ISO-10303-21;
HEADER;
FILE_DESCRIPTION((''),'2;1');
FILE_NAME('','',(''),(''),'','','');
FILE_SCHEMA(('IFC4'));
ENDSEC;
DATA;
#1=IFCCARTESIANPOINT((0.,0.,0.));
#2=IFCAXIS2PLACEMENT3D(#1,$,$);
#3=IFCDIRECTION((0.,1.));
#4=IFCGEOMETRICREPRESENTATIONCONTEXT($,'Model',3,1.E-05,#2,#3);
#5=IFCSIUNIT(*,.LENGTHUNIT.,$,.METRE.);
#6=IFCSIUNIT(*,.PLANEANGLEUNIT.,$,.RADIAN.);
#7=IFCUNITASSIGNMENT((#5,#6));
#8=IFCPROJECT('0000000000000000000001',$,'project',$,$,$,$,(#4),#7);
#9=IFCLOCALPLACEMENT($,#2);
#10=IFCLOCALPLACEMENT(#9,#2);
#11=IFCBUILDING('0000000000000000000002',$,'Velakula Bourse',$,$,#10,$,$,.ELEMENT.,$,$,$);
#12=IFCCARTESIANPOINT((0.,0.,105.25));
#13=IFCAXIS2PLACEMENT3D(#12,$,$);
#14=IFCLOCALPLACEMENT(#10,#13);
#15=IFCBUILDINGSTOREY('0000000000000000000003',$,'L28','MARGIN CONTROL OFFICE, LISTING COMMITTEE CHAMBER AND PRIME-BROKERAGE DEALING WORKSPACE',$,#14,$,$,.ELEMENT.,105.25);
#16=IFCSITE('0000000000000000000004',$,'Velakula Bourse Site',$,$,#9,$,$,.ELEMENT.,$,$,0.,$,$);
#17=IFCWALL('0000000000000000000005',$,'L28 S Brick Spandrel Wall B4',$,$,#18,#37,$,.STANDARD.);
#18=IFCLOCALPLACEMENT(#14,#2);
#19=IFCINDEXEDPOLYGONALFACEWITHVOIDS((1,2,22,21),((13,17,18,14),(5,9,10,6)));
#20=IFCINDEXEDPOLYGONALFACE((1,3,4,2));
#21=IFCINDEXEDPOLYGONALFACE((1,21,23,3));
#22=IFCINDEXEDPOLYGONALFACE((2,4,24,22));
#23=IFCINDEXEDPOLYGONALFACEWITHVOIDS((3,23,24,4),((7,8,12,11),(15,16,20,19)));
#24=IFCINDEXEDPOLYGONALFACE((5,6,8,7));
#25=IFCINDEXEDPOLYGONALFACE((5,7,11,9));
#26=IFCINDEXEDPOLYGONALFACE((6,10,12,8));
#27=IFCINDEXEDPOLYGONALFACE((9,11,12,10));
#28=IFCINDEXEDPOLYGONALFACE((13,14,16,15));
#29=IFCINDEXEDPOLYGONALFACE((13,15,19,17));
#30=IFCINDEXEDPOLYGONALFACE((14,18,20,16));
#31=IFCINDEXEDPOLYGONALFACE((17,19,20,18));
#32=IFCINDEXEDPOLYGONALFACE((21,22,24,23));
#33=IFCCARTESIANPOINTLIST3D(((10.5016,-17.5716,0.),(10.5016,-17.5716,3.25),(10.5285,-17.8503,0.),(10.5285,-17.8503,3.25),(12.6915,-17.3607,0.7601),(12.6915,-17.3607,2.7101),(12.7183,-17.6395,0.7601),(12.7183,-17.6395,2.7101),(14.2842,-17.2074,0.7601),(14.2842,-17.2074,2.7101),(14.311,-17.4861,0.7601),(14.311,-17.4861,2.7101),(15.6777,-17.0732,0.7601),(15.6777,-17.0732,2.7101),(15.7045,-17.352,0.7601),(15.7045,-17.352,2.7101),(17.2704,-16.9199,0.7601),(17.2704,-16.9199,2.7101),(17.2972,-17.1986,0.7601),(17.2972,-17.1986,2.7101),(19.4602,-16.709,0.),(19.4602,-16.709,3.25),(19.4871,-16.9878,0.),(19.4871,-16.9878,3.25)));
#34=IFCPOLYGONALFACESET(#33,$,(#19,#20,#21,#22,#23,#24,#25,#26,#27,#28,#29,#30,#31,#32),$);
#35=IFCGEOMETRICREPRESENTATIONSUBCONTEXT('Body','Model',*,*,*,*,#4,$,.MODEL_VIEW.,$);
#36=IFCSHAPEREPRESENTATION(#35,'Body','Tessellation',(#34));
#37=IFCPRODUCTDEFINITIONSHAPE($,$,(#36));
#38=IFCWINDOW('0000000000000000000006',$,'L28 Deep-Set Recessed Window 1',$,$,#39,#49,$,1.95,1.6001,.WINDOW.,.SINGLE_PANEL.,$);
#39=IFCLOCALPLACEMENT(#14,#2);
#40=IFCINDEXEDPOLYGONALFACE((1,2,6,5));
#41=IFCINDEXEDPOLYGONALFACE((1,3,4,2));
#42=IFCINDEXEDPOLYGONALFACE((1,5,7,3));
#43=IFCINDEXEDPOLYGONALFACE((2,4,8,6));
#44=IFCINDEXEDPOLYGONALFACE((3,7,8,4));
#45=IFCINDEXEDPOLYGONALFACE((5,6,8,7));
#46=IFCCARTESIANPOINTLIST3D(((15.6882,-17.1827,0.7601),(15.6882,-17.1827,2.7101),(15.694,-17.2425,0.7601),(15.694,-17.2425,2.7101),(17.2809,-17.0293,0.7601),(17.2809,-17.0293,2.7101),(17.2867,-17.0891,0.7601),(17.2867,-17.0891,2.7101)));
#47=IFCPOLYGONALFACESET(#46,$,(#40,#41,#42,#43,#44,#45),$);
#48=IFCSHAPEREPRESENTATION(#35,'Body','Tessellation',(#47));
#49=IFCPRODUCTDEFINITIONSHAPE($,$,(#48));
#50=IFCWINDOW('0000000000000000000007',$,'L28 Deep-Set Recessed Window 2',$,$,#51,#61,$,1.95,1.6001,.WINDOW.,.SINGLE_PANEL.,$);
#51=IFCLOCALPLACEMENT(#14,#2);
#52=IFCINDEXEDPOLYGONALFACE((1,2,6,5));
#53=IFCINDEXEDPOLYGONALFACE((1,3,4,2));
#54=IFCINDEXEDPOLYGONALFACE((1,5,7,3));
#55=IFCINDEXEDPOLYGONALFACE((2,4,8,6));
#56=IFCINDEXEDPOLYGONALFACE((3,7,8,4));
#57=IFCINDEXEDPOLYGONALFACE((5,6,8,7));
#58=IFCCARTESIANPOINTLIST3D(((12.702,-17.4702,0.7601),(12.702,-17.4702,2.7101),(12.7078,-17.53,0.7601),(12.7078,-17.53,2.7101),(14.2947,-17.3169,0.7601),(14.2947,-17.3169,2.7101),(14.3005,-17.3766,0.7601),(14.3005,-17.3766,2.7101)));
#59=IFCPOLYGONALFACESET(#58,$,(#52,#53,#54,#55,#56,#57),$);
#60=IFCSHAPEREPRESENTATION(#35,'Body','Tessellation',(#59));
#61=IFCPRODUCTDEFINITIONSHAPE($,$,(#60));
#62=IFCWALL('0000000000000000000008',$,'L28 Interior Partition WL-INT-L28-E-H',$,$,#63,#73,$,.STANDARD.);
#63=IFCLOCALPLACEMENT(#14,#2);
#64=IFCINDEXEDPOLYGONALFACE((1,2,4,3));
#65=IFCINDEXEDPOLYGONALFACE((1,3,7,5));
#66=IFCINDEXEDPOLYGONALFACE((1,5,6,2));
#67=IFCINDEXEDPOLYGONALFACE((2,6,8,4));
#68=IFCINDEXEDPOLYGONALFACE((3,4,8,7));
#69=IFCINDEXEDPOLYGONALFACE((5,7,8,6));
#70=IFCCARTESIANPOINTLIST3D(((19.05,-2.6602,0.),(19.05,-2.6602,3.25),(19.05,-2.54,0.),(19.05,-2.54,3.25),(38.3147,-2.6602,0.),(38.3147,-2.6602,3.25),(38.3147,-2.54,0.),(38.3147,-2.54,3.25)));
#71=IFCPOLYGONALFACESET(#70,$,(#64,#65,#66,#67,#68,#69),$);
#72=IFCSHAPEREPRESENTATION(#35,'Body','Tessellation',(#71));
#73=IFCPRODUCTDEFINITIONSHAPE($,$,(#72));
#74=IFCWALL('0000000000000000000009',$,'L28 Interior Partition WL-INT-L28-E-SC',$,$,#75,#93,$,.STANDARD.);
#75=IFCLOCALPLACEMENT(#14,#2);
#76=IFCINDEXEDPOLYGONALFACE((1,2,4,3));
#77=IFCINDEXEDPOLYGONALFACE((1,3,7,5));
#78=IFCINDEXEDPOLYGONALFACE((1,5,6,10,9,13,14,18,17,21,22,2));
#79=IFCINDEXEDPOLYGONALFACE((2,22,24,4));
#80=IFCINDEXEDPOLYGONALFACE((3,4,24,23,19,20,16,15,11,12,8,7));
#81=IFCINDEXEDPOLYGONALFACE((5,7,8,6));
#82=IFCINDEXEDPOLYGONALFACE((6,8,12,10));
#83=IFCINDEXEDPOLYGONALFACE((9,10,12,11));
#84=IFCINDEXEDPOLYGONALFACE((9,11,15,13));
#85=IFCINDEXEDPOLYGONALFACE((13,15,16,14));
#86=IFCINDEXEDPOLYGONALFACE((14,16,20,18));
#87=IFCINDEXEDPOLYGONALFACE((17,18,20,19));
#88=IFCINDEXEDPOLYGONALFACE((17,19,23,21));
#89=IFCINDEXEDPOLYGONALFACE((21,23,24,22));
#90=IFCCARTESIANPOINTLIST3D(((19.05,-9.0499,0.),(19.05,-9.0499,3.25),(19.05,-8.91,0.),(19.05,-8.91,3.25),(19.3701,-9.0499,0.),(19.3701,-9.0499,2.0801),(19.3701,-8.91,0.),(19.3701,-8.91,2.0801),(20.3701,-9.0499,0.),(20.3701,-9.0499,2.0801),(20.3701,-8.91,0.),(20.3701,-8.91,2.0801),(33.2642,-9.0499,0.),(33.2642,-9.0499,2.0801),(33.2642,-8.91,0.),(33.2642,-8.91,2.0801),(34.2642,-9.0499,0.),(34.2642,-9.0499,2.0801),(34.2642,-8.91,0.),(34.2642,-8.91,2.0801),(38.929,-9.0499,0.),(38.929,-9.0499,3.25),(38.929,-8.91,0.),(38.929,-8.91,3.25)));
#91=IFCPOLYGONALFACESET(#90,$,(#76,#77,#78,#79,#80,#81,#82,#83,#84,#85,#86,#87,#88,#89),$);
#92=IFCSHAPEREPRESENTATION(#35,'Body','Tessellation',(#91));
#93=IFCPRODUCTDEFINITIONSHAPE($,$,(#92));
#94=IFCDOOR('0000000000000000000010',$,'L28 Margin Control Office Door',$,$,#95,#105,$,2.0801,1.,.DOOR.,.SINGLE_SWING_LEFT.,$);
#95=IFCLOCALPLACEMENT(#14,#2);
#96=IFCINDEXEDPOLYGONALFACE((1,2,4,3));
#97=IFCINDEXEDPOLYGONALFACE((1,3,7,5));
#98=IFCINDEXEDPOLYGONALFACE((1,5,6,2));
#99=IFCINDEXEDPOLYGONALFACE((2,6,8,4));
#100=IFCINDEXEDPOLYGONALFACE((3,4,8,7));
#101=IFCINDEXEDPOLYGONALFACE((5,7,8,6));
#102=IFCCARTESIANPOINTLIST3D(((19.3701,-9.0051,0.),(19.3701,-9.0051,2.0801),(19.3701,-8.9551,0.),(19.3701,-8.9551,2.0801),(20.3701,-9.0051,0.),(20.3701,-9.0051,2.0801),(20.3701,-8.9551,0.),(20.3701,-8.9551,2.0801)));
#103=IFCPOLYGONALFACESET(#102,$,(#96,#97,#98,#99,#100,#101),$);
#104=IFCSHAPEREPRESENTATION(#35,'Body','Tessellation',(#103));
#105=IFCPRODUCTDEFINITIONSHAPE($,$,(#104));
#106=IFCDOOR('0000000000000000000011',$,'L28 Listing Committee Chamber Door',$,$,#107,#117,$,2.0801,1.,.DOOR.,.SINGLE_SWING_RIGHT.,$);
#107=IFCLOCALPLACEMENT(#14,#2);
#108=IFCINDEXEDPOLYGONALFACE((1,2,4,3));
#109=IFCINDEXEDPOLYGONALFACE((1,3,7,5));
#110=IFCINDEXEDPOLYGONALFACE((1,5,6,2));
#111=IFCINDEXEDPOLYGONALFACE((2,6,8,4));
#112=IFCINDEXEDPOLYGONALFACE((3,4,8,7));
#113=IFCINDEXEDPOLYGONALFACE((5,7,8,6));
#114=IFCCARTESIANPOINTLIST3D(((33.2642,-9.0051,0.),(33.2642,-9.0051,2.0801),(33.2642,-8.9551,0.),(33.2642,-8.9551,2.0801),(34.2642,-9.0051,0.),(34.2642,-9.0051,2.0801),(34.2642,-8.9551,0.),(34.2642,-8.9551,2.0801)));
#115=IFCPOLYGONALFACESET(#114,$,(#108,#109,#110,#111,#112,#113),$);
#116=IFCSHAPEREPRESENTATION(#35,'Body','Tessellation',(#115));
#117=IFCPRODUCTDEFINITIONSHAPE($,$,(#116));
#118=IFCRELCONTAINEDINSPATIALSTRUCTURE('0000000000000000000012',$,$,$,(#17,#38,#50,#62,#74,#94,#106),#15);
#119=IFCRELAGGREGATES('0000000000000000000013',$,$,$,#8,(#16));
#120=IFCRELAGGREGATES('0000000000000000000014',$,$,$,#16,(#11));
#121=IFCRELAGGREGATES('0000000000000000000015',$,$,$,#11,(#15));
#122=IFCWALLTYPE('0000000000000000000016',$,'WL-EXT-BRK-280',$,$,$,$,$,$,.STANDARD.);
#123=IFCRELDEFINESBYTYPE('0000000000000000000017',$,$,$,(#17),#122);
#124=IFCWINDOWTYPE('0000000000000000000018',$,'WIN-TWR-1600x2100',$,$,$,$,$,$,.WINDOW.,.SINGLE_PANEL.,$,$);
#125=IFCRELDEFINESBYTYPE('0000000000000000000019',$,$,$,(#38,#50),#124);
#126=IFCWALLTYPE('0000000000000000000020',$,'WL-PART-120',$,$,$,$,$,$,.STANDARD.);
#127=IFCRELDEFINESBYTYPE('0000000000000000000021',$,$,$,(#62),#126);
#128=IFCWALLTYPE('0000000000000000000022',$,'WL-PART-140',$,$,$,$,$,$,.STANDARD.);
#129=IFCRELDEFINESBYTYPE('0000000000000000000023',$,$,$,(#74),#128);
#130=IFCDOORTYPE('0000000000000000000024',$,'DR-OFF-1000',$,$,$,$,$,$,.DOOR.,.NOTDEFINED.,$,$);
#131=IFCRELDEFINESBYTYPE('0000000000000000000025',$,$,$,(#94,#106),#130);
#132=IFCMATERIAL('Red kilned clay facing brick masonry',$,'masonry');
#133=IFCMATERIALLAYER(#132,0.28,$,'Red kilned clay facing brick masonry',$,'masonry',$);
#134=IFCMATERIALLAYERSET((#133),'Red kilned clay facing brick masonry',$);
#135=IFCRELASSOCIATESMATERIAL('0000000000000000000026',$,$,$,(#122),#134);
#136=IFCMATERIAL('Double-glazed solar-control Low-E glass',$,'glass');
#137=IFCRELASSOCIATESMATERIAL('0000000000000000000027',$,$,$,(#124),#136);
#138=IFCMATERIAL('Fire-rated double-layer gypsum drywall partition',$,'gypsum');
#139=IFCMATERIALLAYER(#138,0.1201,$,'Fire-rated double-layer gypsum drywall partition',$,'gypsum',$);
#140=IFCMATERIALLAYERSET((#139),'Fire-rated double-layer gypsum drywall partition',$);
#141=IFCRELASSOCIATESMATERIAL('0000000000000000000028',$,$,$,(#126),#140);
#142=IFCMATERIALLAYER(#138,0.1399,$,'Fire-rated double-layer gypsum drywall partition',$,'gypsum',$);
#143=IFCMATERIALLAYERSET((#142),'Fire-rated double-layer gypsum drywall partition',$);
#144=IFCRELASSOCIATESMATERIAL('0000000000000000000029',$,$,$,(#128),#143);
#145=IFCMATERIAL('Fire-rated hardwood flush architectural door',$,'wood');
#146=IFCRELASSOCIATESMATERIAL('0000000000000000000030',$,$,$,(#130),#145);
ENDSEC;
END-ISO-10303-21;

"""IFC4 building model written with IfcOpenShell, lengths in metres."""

from ifc_helpers import new_model, si_unit, direction, frame, frame_2d, origin, place, context, subcontext, project, spatial, rectangle, extrude, material, layer, layer_set, type_object, element, fill, save


model = new_model("IFC4")

# Units and contexts
model_context = context("Model", 3, precision=1e-05, world=origin(), true_north=direction((0.0, 1.0)))
body_context = subcontext(model_context, "Body", "Model", "MODEL_VIEW")
ifc_project = project(units=[si_unit("LENGTHUNIT", "METRE"), si_unit("PLANEANGLEUNIT", "RADIAN")], contexts=[model_context])

# Site, building, storey
site_placement = place(None, origin())
site = spatial("IfcSite", under=ifc_project, at=site_placement, Name="Velakula Bourse Site", CompositionType="ELEMENT", RefElevation=0.0)
building_placement = place(site_placement, origin())
building = spatial("IfcBuilding", under=site, at=building_placement, Name="Velakula Bourse", CompositionType="ELEMENT")
storey_placement = place(building_placement, frame((0.0, 0.0, 105.25)))
storey = spatial("IfcBuildingStorey", under=building, at=storey_placement, Name="L28", Description="MARGIN CONTROL OFFICE, LISTING COMMITTEE CHAMBER AND PRIME-BROKERAGE DEALING WORKSPACE", CompositionType="ELEMENT", Elevation=105.25)

# Wall, openings, windows
ifc_material_1 = material(Name="Red kilned clay facing brick masonry", Category="masonry")
ifc_layer_1 = layer(ifc_material_1, 0.28, Name="Red kilned clay facing brick masonry", Category="masonry")
ifc_layer_set_1 = layer_set([ifc_layer_1], Name="Red kilned clay facing brick masonry")
wall_type_1 = type_object("IfcWallType", Name="WL-EXT-BRK-280", PredefinedType="STANDARD", material=ifc_layer_set_1)
wall_1_placement = place(storey_placement, frame((19.4736, -16.8484, 0.0), z_axis=(0.0, 0.0, 1.0), x_axis=(-0.995397, -0.09584, 0.0)))
wall_1 = element("IfcWall", 1, at=wall_1_placement, inside=storey, type_object=wall_type_1, Name="L28 S Brick Spandrel Wall B4", PredefinedType="STANDARD", context=body_context, shape_type="SweptSolid", body=[
    extrude(rectangle(XDim=9.0, YDim=0.28, at=frame_2d((4.5, 0.0))), origin(), (0.0, 0.0, 1.0), 3.25),
])
opening_1_placement = place(wall_1_placement, frame((2.2, 0.0, 0.76)))
opening_1 = element("IfcOpeningElement", 2, at=opening_1_placement, cuts=wall_1, PredefinedType="OPENING", context=body_context, shape_type="SweptSolid", body=[
    extrude(rectangle(XDim=1.6001, YDim=1.95, at=frame_2d((0.8, 0.9751))), frame((0.0, 0.1499, 0.0), z_axis=(0.0, -1.0, 0.0), x_axis=(1.0, 0.0, 0.0)), (0.0, 0.0, 1.0), 0.3),
])
opening_2_placement = place(wall_1_placement, frame((5.2, 0.0, 0.76)))
opening_2 = element("IfcOpeningElement", 3, at=opening_2_placement, cuts=wall_1, PredefinedType="OPENING", context=body_context, shape_type="SweptSolid", body=[
    extrude(rectangle(XDim=1.6001, YDim=1.95, at=frame_2d((0.8, 0.9751))), frame((0.0, 0.1499, 0.0), z_axis=(0.0, -1.0, 0.0), x_axis=(1.0, 0.0, 0.0)), (0.0, 0.0, 1.0), 0.3),
])
ifc_material_2 = material(Name="Double-glazed solar-control Low-E glass", Category="glass")
window_type = type_object("IfcWindowType", Name="WIN-TWR-1600x2100", PartitioningType="SINGLE_PANEL", PredefinedType="WINDOW", material=ifc_material_2)
window_1_placement = place(opening_1_placement, origin())
window_1 = element("IfcWindow", 4, at=window_1_placement, inside=storey, type_object=window_type, Name="L28 Deep-Set Recessed Window 1", OverallHeight=1.95, OverallWidth=1.6001, PartitioningType="SINGLE_PANEL", PredefinedType="WINDOW", context=body_context, shape_type="SweptSolid", body=[
    extrude(rectangle(XDim=1.6001, YDim=1.95, at=frame_2d((0.8, 0.9751))), frame((0.0, 0.03, 0.0), z_axis=(0.0, -1.0, 0.0), x_axis=(1.0, 0.0, 0.0)), (0.0, 0.0, 1.0), 0.0601),
])
fill(opening_1, window_1)
window_2_placement = place(opening_2_placement, origin())
window_2 = element("IfcWindow", 5, at=window_2_placement, inside=storey, type_object=window_type, Name="L28 Deep-Set Recessed Window 2", OverallHeight=1.95, OverallWidth=1.6001, PartitioningType="SINGLE_PANEL", PredefinedType="WINDOW", context=body_context, shape_type="SweptSolid", body=[
    extrude(rectangle(XDim=1.6001, YDim=1.95, at=frame_2d((0.8, 0.9751))), frame((0.0, 0.03, 0.0), z_axis=(0.0, -1.0, 0.0), x_axis=(1.0, 0.0, 0.0)), (0.0, 0.0, 1.0), 0.0601),
])
fill(opening_2, window_2)

# Wall
ifc_material_3 = material(Name="Fire-rated double-layer gypsum drywall partition", Category="gypsum")
ifc_layer_2 = layer(ifc_material_3, 0.1201, Name="Fire-rated double-layer gypsum drywall partition", Category="gypsum")
ifc_layer_set_2 = layer_set([ifc_layer_2], Name="Fire-rated double-layer gypsum drywall partition")
wall_type_2 = type_object("IfcWallType", Name="WL-PART-120", PredefinedType="STANDARD", material=ifc_layer_set_2)
wall_2_placement = place(storey_placement, frame((19.05, -2.6001, 0.0), z_axis=(0.0, 0.0, 1.0), x_axis=(1.0, 0.0, 0.0)))
element("IfcWall", 6, at=wall_2_placement, inside=storey, type_object=wall_type_2, Name="L28 Interior Partition WL-INT-L28-E-H", PredefinedType="STANDARD", context=body_context, shape_type="SweptSolid", body=[
    extrude(rectangle(XDim=19.2646, YDim=0.1201, at=frame_2d((9.6323, 0.0))), origin(), (0.0, 0.0, 1.0), 3.25),
])

# Wall, openings, doors
ifc_layer_3 = layer(ifc_material_3, 0.1399, Name="Fire-rated double-layer gypsum drywall partition", Category="gypsum")
ifc_layer_set_3 = layer_set([ifc_layer_3], Name="Fire-rated double-layer gypsum drywall partition")
wall_type_3 = type_object("IfcWallType", Name="WL-PART-140", PredefinedType="STANDARD", material=ifc_layer_set_3)
wall_3_placement = place(storey_placement, frame((19.05, -8.98, 0.0), z_axis=(0.0, 0.0, 1.0), x_axis=(1.0, 0.0, 0.0)))
wall_3 = element("IfcWall", 7, at=wall_3_placement, inside=storey, type_object=wall_type_3, Name="L28 Interior Partition WL-INT-L28-E-SC", PredefinedType="STANDARD", context=body_context, shape_type="SweptSolid", body=[
    extrude(rectangle(XDim=19.8789, YDim=0.1399, at=frame_2d((9.9395, 0.0))), origin(), (0.0, 0.0, 1.0), 3.25),
])
opening_3_placement = place(wall_3_placement, frame((0.3201, 0.0, 0.0)))
opening_3 = element("IfcOpeningElement", 8, at=opening_3_placement, cuts=wall_3, PredefinedType="OPENING", context=body_context, shape_type="SweptSolid", body=[
    extrude(rectangle(XDim=1.0, YDim=2.0801, at=frame_2d((0.5, 1.04))), frame((0.0, 0.0798, 0.0), z_axis=(0.0, -1.0, 0.0), x_axis=(1.0, 0.0, 0.0)), (0.0, 0.0, 1.0), 0.1599),
])
opening_4_placement = place(wall_3_placement, frame((14.2141, 0.0, 0.0)))
opening_4 = element("IfcOpeningElement", 9, at=opening_4_placement, cuts=wall_3, PredefinedType="OPENING", context=body_context, shape_type="SweptSolid", body=[
    extrude(rectangle(XDim=1.0, YDim=2.0801, at=frame_2d((0.5, 1.04))), frame((0.0, 0.0798, 0.0), z_axis=(0.0, -1.0, 0.0), x_axis=(1.0, 0.0, 0.0)), (0.0, 0.0, 1.0), 0.1599),
])
ifc_material_4 = material(Name="Fire-rated hardwood flush architectural door", Category="wood")
door_type = type_object("IfcDoorType", Name="DR-OFF-1000", OperationType="NOTDEFINED", PredefinedType="DOOR", material=ifc_material_4)
door_1_placement = place(opening_3_placement, origin())
door_1 = element("IfcDoor", 10, at=door_1_placement, inside=storey, type_object=door_type, Name="L28 Margin Control Office Door", OperationType="SINGLE_SWING_LEFT", OverallHeight=2.0801, OverallWidth=1.0, PredefinedType="DOOR", context=body_context, shape_type="SweptSolid", body=[
    extrude(rectangle(XDim=1.0, YDim=2.0801, at=frame_2d((0.5, 1.04))), frame((0.0, 0.0249, 0.0), z_axis=(0.0, -1.0, 0.0), x_axis=(1.0, 0.0, 0.0)), (0.0, 0.0, 1.0), 0.05),
])
fill(opening_3, door_1)
door_2_placement = place(opening_4_placement, origin())
door_2 = element("IfcDoor", 11, at=door_2_placement, inside=storey, type_object=door_type, Name="L28 Listing Committee Chamber Door", OperationType="SINGLE_SWING_RIGHT", OverallHeight=2.0801, OverallWidth=1.0, PredefinedType="DOOR", context=body_context, shape_type="SweptSolid", body=[
    extrude(rectangle(XDim=1.0, YDim=2.0801, at=frame_2d((0.5, 1.04))), frame((0.0, 0.0249, 0.0), z_axis=(0.0, -1.0, 0.0), x_axis=(1.0, 0.0, 0.0)), (0.0, 0.0, 1.0), 0.05),
])
fill(opening_4, door_2)

save(model, "model.ifc")
